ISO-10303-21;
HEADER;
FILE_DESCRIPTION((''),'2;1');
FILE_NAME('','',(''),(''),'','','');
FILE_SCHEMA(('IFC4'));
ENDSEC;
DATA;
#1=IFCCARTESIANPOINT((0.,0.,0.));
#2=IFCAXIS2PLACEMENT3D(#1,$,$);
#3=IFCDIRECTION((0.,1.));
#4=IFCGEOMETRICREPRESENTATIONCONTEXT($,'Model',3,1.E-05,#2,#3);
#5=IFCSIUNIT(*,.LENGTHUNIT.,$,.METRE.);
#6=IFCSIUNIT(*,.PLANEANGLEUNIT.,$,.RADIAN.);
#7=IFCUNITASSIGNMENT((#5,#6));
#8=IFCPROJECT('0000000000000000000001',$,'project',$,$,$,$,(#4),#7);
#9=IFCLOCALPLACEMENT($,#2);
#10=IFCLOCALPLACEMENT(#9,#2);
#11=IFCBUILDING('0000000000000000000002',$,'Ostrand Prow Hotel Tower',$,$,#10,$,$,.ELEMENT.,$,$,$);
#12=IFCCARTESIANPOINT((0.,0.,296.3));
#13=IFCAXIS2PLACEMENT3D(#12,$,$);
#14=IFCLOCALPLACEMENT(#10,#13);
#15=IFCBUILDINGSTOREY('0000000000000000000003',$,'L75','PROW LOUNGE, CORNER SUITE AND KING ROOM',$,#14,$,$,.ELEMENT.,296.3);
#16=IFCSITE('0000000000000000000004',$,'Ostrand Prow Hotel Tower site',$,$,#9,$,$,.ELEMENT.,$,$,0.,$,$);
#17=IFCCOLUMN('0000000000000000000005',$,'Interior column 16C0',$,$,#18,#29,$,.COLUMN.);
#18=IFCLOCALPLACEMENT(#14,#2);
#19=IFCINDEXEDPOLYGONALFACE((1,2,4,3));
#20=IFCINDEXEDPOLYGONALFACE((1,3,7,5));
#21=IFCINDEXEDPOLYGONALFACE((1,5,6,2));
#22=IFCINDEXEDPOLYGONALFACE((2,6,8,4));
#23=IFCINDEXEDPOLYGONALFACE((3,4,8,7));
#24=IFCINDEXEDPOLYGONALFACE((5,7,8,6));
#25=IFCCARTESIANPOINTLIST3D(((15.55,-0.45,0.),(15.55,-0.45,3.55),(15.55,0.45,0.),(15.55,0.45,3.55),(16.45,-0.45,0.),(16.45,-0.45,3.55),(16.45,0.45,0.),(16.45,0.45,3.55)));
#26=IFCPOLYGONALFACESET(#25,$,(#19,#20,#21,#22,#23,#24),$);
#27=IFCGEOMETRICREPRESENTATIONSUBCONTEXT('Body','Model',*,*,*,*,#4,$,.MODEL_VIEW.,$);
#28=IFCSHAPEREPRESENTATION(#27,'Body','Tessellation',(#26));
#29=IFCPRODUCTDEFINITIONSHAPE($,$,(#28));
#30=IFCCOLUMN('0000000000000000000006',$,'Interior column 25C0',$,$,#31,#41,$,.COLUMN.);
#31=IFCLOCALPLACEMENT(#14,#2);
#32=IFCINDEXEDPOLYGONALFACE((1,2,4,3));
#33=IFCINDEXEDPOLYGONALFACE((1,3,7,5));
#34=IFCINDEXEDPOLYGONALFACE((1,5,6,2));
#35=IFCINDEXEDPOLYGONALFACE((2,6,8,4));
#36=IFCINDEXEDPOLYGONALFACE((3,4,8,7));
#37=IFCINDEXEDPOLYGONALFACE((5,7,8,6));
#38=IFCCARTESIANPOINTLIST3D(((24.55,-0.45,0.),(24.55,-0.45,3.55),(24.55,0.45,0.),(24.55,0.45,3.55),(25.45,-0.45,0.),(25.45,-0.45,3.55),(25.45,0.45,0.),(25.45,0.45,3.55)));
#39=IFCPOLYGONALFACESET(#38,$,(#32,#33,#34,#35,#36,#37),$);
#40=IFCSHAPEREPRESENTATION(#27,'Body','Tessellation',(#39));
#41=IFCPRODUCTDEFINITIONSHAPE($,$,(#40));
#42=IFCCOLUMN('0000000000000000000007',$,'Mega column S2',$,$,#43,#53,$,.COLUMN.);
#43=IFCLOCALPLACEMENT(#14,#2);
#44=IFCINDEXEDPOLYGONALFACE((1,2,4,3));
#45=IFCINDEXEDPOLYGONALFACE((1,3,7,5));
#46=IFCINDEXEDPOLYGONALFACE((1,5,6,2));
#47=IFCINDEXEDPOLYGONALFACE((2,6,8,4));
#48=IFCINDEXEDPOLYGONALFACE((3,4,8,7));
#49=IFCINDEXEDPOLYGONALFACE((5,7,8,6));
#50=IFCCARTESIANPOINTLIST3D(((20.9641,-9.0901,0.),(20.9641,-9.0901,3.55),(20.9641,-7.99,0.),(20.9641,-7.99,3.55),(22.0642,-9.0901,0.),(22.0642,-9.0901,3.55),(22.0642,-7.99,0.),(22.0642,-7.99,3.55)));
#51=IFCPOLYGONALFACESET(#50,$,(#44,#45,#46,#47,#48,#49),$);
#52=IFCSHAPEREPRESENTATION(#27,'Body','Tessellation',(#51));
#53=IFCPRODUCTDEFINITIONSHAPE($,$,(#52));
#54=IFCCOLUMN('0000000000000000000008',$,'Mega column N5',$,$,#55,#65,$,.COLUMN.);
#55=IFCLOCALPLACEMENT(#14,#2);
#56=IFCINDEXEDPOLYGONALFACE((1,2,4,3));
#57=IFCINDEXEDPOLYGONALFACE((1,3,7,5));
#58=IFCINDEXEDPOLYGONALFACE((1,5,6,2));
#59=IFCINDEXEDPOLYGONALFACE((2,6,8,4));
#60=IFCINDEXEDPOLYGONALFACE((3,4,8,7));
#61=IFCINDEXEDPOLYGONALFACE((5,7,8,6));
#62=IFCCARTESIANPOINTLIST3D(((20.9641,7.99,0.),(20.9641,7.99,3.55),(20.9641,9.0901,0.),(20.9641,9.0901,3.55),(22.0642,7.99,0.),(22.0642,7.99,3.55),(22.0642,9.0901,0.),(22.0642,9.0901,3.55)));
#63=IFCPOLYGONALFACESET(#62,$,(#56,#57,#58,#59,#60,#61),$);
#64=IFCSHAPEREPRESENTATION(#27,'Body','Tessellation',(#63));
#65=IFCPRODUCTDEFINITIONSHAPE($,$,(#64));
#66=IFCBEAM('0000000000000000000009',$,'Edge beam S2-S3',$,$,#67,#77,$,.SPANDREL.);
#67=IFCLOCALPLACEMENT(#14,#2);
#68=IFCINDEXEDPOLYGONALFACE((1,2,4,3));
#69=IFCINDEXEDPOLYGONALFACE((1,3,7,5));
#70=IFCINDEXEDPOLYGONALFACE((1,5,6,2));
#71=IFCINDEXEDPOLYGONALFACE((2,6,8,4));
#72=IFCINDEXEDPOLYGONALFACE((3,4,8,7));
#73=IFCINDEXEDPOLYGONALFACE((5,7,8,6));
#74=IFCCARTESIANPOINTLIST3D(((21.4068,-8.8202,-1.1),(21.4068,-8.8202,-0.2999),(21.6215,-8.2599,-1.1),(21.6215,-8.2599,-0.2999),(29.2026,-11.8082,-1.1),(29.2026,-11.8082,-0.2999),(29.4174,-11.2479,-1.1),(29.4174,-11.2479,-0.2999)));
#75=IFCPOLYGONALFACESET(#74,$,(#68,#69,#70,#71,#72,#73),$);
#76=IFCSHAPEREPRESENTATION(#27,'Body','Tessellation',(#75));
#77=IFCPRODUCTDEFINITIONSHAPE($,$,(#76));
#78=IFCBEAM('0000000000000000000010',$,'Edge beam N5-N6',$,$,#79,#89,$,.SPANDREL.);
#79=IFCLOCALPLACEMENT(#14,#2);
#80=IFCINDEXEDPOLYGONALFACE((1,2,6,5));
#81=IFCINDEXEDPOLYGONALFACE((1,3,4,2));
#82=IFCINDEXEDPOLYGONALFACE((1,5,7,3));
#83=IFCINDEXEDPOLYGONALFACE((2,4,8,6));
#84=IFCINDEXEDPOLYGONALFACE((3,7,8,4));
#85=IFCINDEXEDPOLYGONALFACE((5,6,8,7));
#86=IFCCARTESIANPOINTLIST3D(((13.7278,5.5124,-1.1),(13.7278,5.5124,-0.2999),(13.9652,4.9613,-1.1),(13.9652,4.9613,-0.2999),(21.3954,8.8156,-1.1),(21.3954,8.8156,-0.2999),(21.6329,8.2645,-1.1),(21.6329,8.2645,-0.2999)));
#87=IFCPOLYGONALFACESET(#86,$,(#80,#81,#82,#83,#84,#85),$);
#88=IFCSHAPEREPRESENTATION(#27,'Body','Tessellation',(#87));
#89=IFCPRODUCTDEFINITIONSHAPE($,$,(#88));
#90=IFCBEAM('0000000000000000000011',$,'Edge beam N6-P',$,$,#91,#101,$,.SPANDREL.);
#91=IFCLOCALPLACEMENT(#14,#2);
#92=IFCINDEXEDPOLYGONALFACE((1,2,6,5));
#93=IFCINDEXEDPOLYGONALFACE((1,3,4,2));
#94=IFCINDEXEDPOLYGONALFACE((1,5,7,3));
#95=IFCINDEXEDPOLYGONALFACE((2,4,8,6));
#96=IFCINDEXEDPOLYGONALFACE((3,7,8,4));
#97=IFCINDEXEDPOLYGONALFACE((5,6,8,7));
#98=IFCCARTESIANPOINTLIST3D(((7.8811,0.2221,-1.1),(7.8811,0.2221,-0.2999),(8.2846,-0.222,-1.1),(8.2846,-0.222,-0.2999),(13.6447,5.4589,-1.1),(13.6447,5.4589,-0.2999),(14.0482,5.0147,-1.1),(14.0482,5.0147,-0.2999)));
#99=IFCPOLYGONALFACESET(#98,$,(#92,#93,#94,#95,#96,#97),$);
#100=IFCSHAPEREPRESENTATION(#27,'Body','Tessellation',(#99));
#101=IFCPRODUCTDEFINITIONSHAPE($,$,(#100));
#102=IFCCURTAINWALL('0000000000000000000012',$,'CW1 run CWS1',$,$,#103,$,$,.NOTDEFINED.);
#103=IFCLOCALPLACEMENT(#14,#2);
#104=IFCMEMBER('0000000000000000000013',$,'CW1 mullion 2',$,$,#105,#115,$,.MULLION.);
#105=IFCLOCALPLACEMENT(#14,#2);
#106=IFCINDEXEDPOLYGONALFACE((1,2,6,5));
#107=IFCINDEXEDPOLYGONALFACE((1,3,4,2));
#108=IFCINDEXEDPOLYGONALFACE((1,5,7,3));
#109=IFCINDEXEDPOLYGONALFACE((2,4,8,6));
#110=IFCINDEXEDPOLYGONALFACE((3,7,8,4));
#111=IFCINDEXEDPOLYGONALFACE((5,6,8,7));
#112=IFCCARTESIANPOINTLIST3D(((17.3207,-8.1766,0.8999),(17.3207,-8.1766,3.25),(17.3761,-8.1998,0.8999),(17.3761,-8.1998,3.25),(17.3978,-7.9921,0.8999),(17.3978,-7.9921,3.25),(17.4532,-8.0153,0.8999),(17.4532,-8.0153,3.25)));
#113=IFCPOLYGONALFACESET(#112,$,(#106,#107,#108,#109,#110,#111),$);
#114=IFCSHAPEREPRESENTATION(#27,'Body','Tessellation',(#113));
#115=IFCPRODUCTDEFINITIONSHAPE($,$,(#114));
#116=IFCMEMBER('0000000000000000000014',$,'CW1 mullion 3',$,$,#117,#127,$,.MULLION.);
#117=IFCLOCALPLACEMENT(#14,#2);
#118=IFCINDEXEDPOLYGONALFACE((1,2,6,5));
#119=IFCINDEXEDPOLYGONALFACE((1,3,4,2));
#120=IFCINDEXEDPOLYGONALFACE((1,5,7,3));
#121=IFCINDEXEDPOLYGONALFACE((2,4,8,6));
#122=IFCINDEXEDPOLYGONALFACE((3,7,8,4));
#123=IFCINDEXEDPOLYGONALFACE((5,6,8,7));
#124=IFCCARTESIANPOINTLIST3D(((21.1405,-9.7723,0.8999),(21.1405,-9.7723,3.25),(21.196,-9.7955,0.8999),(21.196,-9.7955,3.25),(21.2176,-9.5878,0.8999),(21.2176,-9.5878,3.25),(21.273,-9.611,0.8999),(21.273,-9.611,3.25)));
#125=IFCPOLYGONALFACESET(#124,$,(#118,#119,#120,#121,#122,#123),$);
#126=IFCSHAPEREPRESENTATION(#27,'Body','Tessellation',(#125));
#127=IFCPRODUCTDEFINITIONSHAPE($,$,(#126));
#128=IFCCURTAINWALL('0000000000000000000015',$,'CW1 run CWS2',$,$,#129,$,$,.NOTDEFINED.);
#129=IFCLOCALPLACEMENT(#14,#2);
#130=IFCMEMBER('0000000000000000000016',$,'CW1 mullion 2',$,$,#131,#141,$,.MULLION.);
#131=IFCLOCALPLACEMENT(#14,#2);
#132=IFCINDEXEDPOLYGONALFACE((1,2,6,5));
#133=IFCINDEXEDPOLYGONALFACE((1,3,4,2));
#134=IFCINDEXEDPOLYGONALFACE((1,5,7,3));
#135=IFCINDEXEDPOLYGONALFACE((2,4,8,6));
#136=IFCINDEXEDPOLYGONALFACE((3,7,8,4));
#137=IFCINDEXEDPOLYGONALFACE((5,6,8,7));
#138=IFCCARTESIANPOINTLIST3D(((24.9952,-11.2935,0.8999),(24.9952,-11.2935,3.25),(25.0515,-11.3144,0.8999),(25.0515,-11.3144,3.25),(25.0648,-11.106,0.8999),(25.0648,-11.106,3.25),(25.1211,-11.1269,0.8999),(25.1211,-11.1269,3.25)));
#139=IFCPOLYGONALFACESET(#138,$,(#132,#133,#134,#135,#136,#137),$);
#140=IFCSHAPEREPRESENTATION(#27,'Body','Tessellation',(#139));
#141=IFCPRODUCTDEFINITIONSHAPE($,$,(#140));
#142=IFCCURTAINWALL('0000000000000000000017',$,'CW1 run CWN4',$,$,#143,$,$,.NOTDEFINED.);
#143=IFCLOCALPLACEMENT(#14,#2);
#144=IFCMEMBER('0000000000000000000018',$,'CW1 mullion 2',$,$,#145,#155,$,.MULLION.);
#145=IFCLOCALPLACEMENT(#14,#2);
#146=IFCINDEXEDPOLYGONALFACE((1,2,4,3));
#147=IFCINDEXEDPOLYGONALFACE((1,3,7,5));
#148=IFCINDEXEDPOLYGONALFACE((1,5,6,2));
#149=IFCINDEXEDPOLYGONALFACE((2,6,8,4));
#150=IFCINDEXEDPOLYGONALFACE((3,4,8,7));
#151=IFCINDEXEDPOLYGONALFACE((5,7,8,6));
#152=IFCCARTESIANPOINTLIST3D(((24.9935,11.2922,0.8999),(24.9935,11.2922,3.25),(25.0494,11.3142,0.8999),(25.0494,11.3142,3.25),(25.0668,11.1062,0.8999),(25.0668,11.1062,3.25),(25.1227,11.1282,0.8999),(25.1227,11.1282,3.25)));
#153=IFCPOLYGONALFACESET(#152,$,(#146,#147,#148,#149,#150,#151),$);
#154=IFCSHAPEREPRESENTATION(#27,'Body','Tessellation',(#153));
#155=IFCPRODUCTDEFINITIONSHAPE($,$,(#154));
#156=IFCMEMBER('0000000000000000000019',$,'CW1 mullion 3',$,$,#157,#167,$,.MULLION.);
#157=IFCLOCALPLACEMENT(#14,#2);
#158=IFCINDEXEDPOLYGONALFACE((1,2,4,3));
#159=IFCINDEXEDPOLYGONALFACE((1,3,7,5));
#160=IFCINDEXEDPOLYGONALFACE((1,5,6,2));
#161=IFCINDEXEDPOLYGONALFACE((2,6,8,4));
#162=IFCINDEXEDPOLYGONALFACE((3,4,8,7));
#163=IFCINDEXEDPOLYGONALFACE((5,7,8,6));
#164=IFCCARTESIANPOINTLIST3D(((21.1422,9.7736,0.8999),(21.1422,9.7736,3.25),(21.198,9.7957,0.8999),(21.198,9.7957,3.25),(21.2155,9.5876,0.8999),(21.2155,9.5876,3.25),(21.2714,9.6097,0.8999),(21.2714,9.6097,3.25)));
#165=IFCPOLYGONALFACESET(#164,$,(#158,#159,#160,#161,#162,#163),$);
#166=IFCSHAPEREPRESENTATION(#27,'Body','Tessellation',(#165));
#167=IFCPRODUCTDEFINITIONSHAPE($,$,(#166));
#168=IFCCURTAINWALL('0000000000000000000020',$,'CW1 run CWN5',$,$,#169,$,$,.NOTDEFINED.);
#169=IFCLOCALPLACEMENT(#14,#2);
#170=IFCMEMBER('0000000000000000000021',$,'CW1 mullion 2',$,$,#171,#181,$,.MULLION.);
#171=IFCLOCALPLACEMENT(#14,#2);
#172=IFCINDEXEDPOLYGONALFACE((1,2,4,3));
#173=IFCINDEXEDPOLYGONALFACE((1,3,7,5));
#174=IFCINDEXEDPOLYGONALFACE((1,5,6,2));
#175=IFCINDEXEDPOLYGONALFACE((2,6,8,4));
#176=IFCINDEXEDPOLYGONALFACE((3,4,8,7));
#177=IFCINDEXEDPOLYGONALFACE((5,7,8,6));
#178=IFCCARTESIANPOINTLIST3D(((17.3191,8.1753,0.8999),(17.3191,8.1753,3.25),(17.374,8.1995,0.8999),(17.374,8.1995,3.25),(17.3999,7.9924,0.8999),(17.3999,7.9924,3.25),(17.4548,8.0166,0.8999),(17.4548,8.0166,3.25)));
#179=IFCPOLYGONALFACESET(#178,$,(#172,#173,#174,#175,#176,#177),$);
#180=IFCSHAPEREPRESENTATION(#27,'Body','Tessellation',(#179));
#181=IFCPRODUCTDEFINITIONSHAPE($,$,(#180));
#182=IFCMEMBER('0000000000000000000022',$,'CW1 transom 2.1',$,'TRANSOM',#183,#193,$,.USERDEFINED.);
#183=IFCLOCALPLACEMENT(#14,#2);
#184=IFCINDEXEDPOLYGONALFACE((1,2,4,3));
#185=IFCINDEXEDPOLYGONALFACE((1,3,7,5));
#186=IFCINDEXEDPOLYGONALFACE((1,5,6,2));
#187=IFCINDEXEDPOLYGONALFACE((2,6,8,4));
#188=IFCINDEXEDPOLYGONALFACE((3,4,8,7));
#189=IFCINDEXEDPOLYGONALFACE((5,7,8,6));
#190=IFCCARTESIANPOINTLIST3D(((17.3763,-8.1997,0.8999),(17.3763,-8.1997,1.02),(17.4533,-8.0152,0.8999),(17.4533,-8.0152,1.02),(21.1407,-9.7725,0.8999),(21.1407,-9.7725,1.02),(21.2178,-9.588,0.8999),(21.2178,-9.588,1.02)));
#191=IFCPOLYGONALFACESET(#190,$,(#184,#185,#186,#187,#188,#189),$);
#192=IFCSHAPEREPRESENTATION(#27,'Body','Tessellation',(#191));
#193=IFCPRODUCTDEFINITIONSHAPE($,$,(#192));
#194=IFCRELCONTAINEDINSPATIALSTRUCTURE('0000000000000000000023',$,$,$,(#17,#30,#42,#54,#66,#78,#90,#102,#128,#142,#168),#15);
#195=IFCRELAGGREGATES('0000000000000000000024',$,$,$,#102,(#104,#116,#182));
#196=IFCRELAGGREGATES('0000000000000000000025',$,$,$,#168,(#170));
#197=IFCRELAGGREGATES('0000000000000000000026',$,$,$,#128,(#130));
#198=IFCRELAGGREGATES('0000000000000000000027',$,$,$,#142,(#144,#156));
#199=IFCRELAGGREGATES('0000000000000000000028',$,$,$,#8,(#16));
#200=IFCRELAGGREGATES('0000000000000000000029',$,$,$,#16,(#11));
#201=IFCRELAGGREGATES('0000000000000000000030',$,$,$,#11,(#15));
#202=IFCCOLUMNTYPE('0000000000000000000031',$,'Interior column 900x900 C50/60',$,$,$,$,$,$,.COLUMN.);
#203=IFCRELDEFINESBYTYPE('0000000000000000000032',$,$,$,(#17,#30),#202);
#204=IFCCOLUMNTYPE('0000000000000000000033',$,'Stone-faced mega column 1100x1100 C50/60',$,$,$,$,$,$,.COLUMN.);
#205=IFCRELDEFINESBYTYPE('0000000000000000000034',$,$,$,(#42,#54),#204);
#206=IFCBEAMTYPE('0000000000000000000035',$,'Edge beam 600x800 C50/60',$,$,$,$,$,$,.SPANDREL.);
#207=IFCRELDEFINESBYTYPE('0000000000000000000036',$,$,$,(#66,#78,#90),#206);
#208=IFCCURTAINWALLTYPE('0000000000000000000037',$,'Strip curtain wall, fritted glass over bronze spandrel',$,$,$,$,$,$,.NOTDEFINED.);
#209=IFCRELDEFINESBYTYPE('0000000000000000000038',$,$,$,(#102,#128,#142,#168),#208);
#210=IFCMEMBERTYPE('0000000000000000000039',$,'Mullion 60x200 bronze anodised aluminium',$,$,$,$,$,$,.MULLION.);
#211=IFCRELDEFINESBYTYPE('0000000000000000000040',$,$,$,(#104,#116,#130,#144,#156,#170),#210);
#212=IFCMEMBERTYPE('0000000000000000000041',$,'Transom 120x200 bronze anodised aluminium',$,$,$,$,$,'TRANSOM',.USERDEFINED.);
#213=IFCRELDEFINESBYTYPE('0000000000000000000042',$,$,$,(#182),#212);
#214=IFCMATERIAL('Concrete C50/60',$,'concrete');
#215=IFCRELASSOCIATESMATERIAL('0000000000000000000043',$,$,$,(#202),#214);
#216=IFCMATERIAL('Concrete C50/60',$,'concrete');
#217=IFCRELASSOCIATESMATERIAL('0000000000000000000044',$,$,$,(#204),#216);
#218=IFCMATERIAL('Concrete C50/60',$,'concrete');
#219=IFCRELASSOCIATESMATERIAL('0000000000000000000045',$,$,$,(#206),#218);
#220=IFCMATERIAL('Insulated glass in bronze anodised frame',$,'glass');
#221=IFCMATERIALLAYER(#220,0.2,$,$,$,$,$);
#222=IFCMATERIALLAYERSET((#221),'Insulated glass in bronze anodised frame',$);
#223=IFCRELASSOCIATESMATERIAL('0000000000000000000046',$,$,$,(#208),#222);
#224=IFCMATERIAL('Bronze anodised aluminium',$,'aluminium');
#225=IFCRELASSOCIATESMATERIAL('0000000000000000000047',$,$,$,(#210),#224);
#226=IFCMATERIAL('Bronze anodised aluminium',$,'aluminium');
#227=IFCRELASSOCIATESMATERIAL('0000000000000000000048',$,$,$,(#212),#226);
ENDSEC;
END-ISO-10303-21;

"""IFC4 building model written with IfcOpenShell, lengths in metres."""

from ifc_helpers import new_model, si_unit, direction, frame, origin, origin_2d, place, context, subcontext, project, spatial, rectangle, extrude, material, layer, layer_set, material_profile, profile_set, type_object, element, aggregate, save


model = new_model("IFC4")

# Units and contexts
model_context = context("Model", 3, precision=1e-05, world=origin(), true_north=direction((0.0, 1.0)))
body_context = subcontext(model_context, "Body", "Model", "MODEL_VIEW")
ifc_project = project(units=[si_unit("LENGTHUNIT", "METRE"), si_unit("PLANEANGLEUNIT", "RADIAN")], contexts=[model_context])

# Site, building, storey
site_placement = place(None, origin())
site = spatial("IfcSite", under=ifc_project, at=site_placement, Name="Ostrand Prow Hotel Tower site", CompositionType="ELEMENT", RefElevation=0.0)
building_placement = place(site_placement, origin())
building = spatial("IfcBuilding", under=site, at=building_placement, Name="Ostrand Prow Hotel Tower", CompositionType="ELEMENT")
storey_placement = place(building_placement, frame((0.0, 0.0, 296.3)))
storey = spatial("IfcBuildingStorey", under=building, at=storey_placement, Name="L75", Description="PROW LOUNGE, CORNER SUITE AND KING ROOM", CompositionType="ELEMENT", Elevation=296.3)

# Columns
ifc_material_1 = material(Name="Concrete C50/60", Category="concrete")
ifc_material_profile_1 = material_profile(ifc_material_1, rectangle(XDim=0.8999, YDim=0.8999, at=origin_2d()), Name="RC 900x900")
ifc_profile_set_1 = profile_set([ifc_material_profile_1], Name="Concrete C50/60")
column_type_1 = type_object("IfcColumnType", Name="Interior column 900x900 C50/60", PredefinedType="COLUMN", material=ifc_profile_set_1)
for number, where, z_axis, x_axis, name in (
    (1, (16.0, 0.0, 0.0), (0.0, 0.0, 1.0), (1.0, 0.0, 0.0), "Interior column 16C0"),
    (2, (25.0, 0.0, 0.0), (0.0, 0.0, 1.0), (1.0, 0.0, 0.0), "Interior column 25C0"),
):
    element("IfcColumn", number, at=place(storey_placement, frame(where, z_axis=z_axis, x_axis=x_axis)), inside=storey, type_object=column_type_1, Name=name, PredefinedType="COLUMN", context=body_context, shape_type="SweptSolid", body=[
        extrude(rectangle(XDim=0.8999, YDim=0.8999, at=origin_2d()), origin(), (0.0, 0.0, 1.0), 3.55),
    ])
ifc_material_2 = material(Name="Concrete C50/60", Category="concrete")
ifc_material_profile_2 = material_profile(ifc_material_2, rectangle(XDim=1.1001, YDim=1.1001, at=origin_2d()), Name="RC 1100x1100")
ifc_profile_set_2 = profile_set([ifc_material_profile_2], Name="Concrete C50/60")
column_type_2 = type_object("IfcColumnType", Name="Stone-faced mega column 1100x1100 C50/60", PredefinedType="COLUMN", material=ifc_profile_set_2)
for number, where, z_axis, x_axis, name in (
    (3, (21.5142, -8.54, 0.0), (0.0, 0.0, 1.0), (1.0, 0.0, 0.0), "Mega column S2"),
    (4, (21.5142, 8.54, 0.0), (0.0, 0.0, 1.0), (1.0, 0.0, 0.0), "Mega column N5"),
):
    element("IfcColumn", number, at=place(storey_placement, frame(where, z_axis=z_axis, x_axis=x_axis)), inside=storey, type_object=column_type_2, Name=name, PredefinedType="COLUMN", context=body_context, shape_type="SweptSolid", body=[
        extrude(rectangle(XDim=1.1001, YDim=1.1001, at=origin_2d()), origin(), (0.0, 0.0, 1.0), 3.55),
    ])

# Beams
ifc_material_3 = material(Name="Concrete C50/60", Category="concrete")
ifc_material_profile_3 = material_profile(ifc_material_3, rectangle(XDim=0.6001, YDim=0.8, at=origin_2d()), Name="RC 600x800")
ifc_profile_set_3 = profile_set([ifc_material_profile_3], Name="Concrete C50/60")
beam_type = type_object("IfcBeamType", Name="Edge beam 600x800 C50/60", PredefinedType="SPANDREL", material=ifc_profile_set_3)
for number, where, z_axis, x_axis, name in (
    (5, (21.5142, -8.54, -0.7), (0.933762, -0.357895, 0.0), (0.357895, 0.933762, 0.0), "Edge beam S2-S3"),
    (6, (21.5142, 8.54, -0.7), (-0.918404, -0.395644, 0.0), (0.395644, -0.918404, 0.0), "Edge beam N5-N6"),
):
    element("IfcBeam", number, at=place(storey_placement, frame(where, z_axis=z_axis, x_axis=x_axis)), inside=storey, type_object=beam_type, Name=name, PredefinedType="SPANDREL", context=body_context, shape_type="SweptSolid", body=[
        extrude(rectangle(XDim=0.6001, YDim=0.8, at=origin_2d()), origin(), (0.0, 0.0, 1.0), 8.3489),
    ])
beam_placement = place(storey_placement, frame((13.8464, 5.2368, -0.7), z_axis=(-0.740124, -0.67247, 0.0), x_axis=(0.67247, -0.740124, 0.0)))
element("IfcBeam", 7, at=beam_placement, inside=storey, type_object=beam_type, Name="Edge beam N6-P", PredefinedType="SPANDREL", context=body_context, shape_type="SweptSolid", body=[
    extrude(rectangle(XDim=0.6001, YDim=0.8, at=origin_2d()), origin(), (0.0, 0.0, 1.0), 7.7874),
])

# Curtain wall, members
ifc_material_4 = material(Name="Insulated glass in bronze anodised frame", Category="glass")
ifc_layer_1 = layer(ifc_material_4, 0.2)
ifc_layer_set_1 = layer_set([ifc_layer_1], Name="Insulated glass in bronze anodised frame")
curtain_wall_type = type_object("IfcCurtainWallType", Name="Strip curtain wall, fritted glass over bronze spandrel", PredefinedType="NOTDEFINED", material=ifc_layer_set_1)
curtain_wall_1_placement = place(storey_placement, origin())
curtain_wall_1 = element("IfcCurtainWall", 8, at=curtain_wall_1_placement, inside=storey, type_object=curtain_wall_type, Name="CW1 run CWS1", PredefinedType="NOTDEFINED")
ifc_material_5 = material(Name="Bronze anodised aluminium", Category="aluminium")
ifc_material_profile_4 = material_profile(ifc_material_5, rectangle(XDim=0.2, YDim=0.0601, at=origin_2d()), Name="Mullion 60x200 bronze anodised aluminium")
ifc_profile_set_4 = profile_set([ifc_material_profile_4], Name="Bronze anodised aluminium")
member_type_1 = type_object("IfcMemberType", Name="Mullion 60x200 bronze anodised aluminium", PredefinedType="MULLION", material=ifc_profile_set_4)
member_1_placement = place(storey_placement, frame((17.387, -8.0959, 0.8999), z_axis=(0.0, 0.0, 1.0), x_axis=(0.385471, 0.92272, 0.0)))
member_1 = element("IfcMember", 9, at=member_1_placement, type_object=member_type_1, Name="CW1 mullion 2", PredefinedType="MULLION", context=body_context, shape_type="SweptSolid", body=[
    extrude(rectangle(XDim=0.2, YDim=0.0601, at=origin_2d()), origin(), (0.0, 0.0, 1.0), 2.3501),
])
member_2_placement = place(storey_placement, frame((21.2068, -9.6917, 0.8999), z_axis=(0.0, 0.0, 1.0), x_axis=(0.385471, 0.92272, 0.0)))
member_2 = element("IfcMember", 10, at=member_2_placement, type_object=member_type_1, Name="CW1 mullion 3", PredefinedType="MULLION", context=body_context, shape_type="SweptSolid", body=[
    extrude(rectangle(XDim=0.2, YDim=0.0601, at=origin_2d()), origin(), (0.0, 0.0, 1.0), 2.3501),
])

# Curtain wall, member
curtain_wall_2_placement = place(storey_placement, origin())
curtain_wall_2 = element("IfcCurtainWall", 11, at=curtain_wall_2_placement, inside=storey, type_object=curtain_wall_type, Name="CW1 run CWS2", PredefinedType="NOTDEFINED")
member_3_placement = place(storey_placement, frame((25.0581, -11.2102, 0.8999), z_axis=(0.0, 0.0, 1.0), x_axis=(0.348071, 0.937468, 0.0)))
member_3 = element("IfcMember", 12, at=member_3_placement, type_object=member_type_1, Name="CW1 mullion 2", PredefinedType="MULLION", context=body_context, shape_type="SweptSolid", body=[
    extrude(rectangle(XDim=0.2, YDim=0.0601, at=origin_2d()), origin(), (0.0, 0.0, 1.0), 2.3501),
])

# Curtain wall, members
curtain_wall_3_placement = place(storey_placement, origin())
curtain_wall_3 = element("IfcCurtainWall", 13, at=curtain_wall_3_placement, inside=storey, type_object=curtain_wall_type, Name="CW1 run CWN4", PredefinedType="NOTDEFINED")
member_4_placement = place(storey_placement, frame((25.0581, 11.2102, 0.8999), z_axis=(0.0, 0.0, 1.0), x_axis=(0.366845, -0.930282, 0.0)))
member_4 = element("IfcMember", 14, at=member_4_placement, type_object=member_type_1, Name="CW1 mullion 2", PredefinedType="MULLION", context=body_context, shape_type="SweptSolid", body=[
    extrude(rectangle(XDim=0.2, YDim=0.0601, at=origin_2d()), origin(), (0.0, 0.0, 1.0), 2.3501),
])
member_5_placement = place(storey_placement, frame((21.2068, 9.6917, 0.8999), z_axis=(0.0, 0.0, 1.0), x_axis=(0.366845, -0.930282, 0.0)))
member_5 = element("IfcMember", 15, at=member_5_placement, type_object=member_type_1, Name="CW1 mullion 3", PredefinedType="MULLION", context=body_context, shape_type="SweptSolid", body=[
    extrude(rectangle(XDim=0.2, YDim=0.0601, at=origin_2d()), origin(), (0.0, 0.0, 1.0), 2.3501),
])

# Curtain wall, member
curtain_wall_4_placement = place(storey_placement, origin())
curtain_wall_4 = element("IfcCurtainWall", 16, at=curtain_wall_4_placement, inside=storey, type_object=curtain_wall_type, Name="CW1 run CWN5", PredefinedType="NOTDEFINED")
member_6_placement = place(storey_placement, frame((17.387, 8.0959, 0.8999), z_axis=(0.0, 0.0, 1.0), x_axis=(0.40394, -0.914786, 0.0)))
member_6 = element("IfcMember", 17, at=member_6_placement, type_object=member_type_1, Name="CW1 mullion 2", PredefinedType="MULLION", context=body_context, shape_type="SweptSolid", body=[
    extrude(rectangle(XDim=0.2, YDim=0.0601, at=origin_2d()), origin(), (0.0, 0.0, 1.0), 2.3501),
])

# Member
ifc_material_6 = material(Name="Bronze anodised aluminium", Category="aluminium")
ifc_material_profile_5 = material_profile(ifc_material_6, rectangle(XDim=0.2, YDim=0.1201, at=origin_2d()), Name="Transom 120x200 bronze anodised aluminium")
ifc_profile_set_5 = profile_set([ifc_material_profile_5], Name="Bronze anodised aluminium")
member_type_2 = type_object("IfcMemberType", Name="Transom 120x200 bronze anodised aluminium", ElementType="TRANSOM", PredefinedType="USERDEFINED", material=ifc_profile_set_5)
member_7_placement = place(storey_placement, frame((17.4148, -8.1074, 0.96), z_axis=(0.922706, -0.385503, 0.0), x_axis=(0.385503, 0.922706, 0.0)))
member_7 = element("IfcMember", 18, at=member_7_placement, type_object=member_type_2, Name="CW1 transom 2.1", ObjectType="TRANSOM", PredefinedType="USERDEFINED", context=body_context, shape_type="SweptSolid", body=[
    extrude(rectangle(XDim=0.2, YDim=0.1201, at=origin_2d()), origin(), (0.0, 0.0, 1.0), 4.0798),
])

aggregate(curtain_wall_1, [member_1, member_2, member_7])
aggregate(curtain_wall_4, [member_6])
aggregate(curtain_wall_2, [member_3])
aggregate(curtain_wall_3, [member_4, member_5])

save(model, "model.ifc")
